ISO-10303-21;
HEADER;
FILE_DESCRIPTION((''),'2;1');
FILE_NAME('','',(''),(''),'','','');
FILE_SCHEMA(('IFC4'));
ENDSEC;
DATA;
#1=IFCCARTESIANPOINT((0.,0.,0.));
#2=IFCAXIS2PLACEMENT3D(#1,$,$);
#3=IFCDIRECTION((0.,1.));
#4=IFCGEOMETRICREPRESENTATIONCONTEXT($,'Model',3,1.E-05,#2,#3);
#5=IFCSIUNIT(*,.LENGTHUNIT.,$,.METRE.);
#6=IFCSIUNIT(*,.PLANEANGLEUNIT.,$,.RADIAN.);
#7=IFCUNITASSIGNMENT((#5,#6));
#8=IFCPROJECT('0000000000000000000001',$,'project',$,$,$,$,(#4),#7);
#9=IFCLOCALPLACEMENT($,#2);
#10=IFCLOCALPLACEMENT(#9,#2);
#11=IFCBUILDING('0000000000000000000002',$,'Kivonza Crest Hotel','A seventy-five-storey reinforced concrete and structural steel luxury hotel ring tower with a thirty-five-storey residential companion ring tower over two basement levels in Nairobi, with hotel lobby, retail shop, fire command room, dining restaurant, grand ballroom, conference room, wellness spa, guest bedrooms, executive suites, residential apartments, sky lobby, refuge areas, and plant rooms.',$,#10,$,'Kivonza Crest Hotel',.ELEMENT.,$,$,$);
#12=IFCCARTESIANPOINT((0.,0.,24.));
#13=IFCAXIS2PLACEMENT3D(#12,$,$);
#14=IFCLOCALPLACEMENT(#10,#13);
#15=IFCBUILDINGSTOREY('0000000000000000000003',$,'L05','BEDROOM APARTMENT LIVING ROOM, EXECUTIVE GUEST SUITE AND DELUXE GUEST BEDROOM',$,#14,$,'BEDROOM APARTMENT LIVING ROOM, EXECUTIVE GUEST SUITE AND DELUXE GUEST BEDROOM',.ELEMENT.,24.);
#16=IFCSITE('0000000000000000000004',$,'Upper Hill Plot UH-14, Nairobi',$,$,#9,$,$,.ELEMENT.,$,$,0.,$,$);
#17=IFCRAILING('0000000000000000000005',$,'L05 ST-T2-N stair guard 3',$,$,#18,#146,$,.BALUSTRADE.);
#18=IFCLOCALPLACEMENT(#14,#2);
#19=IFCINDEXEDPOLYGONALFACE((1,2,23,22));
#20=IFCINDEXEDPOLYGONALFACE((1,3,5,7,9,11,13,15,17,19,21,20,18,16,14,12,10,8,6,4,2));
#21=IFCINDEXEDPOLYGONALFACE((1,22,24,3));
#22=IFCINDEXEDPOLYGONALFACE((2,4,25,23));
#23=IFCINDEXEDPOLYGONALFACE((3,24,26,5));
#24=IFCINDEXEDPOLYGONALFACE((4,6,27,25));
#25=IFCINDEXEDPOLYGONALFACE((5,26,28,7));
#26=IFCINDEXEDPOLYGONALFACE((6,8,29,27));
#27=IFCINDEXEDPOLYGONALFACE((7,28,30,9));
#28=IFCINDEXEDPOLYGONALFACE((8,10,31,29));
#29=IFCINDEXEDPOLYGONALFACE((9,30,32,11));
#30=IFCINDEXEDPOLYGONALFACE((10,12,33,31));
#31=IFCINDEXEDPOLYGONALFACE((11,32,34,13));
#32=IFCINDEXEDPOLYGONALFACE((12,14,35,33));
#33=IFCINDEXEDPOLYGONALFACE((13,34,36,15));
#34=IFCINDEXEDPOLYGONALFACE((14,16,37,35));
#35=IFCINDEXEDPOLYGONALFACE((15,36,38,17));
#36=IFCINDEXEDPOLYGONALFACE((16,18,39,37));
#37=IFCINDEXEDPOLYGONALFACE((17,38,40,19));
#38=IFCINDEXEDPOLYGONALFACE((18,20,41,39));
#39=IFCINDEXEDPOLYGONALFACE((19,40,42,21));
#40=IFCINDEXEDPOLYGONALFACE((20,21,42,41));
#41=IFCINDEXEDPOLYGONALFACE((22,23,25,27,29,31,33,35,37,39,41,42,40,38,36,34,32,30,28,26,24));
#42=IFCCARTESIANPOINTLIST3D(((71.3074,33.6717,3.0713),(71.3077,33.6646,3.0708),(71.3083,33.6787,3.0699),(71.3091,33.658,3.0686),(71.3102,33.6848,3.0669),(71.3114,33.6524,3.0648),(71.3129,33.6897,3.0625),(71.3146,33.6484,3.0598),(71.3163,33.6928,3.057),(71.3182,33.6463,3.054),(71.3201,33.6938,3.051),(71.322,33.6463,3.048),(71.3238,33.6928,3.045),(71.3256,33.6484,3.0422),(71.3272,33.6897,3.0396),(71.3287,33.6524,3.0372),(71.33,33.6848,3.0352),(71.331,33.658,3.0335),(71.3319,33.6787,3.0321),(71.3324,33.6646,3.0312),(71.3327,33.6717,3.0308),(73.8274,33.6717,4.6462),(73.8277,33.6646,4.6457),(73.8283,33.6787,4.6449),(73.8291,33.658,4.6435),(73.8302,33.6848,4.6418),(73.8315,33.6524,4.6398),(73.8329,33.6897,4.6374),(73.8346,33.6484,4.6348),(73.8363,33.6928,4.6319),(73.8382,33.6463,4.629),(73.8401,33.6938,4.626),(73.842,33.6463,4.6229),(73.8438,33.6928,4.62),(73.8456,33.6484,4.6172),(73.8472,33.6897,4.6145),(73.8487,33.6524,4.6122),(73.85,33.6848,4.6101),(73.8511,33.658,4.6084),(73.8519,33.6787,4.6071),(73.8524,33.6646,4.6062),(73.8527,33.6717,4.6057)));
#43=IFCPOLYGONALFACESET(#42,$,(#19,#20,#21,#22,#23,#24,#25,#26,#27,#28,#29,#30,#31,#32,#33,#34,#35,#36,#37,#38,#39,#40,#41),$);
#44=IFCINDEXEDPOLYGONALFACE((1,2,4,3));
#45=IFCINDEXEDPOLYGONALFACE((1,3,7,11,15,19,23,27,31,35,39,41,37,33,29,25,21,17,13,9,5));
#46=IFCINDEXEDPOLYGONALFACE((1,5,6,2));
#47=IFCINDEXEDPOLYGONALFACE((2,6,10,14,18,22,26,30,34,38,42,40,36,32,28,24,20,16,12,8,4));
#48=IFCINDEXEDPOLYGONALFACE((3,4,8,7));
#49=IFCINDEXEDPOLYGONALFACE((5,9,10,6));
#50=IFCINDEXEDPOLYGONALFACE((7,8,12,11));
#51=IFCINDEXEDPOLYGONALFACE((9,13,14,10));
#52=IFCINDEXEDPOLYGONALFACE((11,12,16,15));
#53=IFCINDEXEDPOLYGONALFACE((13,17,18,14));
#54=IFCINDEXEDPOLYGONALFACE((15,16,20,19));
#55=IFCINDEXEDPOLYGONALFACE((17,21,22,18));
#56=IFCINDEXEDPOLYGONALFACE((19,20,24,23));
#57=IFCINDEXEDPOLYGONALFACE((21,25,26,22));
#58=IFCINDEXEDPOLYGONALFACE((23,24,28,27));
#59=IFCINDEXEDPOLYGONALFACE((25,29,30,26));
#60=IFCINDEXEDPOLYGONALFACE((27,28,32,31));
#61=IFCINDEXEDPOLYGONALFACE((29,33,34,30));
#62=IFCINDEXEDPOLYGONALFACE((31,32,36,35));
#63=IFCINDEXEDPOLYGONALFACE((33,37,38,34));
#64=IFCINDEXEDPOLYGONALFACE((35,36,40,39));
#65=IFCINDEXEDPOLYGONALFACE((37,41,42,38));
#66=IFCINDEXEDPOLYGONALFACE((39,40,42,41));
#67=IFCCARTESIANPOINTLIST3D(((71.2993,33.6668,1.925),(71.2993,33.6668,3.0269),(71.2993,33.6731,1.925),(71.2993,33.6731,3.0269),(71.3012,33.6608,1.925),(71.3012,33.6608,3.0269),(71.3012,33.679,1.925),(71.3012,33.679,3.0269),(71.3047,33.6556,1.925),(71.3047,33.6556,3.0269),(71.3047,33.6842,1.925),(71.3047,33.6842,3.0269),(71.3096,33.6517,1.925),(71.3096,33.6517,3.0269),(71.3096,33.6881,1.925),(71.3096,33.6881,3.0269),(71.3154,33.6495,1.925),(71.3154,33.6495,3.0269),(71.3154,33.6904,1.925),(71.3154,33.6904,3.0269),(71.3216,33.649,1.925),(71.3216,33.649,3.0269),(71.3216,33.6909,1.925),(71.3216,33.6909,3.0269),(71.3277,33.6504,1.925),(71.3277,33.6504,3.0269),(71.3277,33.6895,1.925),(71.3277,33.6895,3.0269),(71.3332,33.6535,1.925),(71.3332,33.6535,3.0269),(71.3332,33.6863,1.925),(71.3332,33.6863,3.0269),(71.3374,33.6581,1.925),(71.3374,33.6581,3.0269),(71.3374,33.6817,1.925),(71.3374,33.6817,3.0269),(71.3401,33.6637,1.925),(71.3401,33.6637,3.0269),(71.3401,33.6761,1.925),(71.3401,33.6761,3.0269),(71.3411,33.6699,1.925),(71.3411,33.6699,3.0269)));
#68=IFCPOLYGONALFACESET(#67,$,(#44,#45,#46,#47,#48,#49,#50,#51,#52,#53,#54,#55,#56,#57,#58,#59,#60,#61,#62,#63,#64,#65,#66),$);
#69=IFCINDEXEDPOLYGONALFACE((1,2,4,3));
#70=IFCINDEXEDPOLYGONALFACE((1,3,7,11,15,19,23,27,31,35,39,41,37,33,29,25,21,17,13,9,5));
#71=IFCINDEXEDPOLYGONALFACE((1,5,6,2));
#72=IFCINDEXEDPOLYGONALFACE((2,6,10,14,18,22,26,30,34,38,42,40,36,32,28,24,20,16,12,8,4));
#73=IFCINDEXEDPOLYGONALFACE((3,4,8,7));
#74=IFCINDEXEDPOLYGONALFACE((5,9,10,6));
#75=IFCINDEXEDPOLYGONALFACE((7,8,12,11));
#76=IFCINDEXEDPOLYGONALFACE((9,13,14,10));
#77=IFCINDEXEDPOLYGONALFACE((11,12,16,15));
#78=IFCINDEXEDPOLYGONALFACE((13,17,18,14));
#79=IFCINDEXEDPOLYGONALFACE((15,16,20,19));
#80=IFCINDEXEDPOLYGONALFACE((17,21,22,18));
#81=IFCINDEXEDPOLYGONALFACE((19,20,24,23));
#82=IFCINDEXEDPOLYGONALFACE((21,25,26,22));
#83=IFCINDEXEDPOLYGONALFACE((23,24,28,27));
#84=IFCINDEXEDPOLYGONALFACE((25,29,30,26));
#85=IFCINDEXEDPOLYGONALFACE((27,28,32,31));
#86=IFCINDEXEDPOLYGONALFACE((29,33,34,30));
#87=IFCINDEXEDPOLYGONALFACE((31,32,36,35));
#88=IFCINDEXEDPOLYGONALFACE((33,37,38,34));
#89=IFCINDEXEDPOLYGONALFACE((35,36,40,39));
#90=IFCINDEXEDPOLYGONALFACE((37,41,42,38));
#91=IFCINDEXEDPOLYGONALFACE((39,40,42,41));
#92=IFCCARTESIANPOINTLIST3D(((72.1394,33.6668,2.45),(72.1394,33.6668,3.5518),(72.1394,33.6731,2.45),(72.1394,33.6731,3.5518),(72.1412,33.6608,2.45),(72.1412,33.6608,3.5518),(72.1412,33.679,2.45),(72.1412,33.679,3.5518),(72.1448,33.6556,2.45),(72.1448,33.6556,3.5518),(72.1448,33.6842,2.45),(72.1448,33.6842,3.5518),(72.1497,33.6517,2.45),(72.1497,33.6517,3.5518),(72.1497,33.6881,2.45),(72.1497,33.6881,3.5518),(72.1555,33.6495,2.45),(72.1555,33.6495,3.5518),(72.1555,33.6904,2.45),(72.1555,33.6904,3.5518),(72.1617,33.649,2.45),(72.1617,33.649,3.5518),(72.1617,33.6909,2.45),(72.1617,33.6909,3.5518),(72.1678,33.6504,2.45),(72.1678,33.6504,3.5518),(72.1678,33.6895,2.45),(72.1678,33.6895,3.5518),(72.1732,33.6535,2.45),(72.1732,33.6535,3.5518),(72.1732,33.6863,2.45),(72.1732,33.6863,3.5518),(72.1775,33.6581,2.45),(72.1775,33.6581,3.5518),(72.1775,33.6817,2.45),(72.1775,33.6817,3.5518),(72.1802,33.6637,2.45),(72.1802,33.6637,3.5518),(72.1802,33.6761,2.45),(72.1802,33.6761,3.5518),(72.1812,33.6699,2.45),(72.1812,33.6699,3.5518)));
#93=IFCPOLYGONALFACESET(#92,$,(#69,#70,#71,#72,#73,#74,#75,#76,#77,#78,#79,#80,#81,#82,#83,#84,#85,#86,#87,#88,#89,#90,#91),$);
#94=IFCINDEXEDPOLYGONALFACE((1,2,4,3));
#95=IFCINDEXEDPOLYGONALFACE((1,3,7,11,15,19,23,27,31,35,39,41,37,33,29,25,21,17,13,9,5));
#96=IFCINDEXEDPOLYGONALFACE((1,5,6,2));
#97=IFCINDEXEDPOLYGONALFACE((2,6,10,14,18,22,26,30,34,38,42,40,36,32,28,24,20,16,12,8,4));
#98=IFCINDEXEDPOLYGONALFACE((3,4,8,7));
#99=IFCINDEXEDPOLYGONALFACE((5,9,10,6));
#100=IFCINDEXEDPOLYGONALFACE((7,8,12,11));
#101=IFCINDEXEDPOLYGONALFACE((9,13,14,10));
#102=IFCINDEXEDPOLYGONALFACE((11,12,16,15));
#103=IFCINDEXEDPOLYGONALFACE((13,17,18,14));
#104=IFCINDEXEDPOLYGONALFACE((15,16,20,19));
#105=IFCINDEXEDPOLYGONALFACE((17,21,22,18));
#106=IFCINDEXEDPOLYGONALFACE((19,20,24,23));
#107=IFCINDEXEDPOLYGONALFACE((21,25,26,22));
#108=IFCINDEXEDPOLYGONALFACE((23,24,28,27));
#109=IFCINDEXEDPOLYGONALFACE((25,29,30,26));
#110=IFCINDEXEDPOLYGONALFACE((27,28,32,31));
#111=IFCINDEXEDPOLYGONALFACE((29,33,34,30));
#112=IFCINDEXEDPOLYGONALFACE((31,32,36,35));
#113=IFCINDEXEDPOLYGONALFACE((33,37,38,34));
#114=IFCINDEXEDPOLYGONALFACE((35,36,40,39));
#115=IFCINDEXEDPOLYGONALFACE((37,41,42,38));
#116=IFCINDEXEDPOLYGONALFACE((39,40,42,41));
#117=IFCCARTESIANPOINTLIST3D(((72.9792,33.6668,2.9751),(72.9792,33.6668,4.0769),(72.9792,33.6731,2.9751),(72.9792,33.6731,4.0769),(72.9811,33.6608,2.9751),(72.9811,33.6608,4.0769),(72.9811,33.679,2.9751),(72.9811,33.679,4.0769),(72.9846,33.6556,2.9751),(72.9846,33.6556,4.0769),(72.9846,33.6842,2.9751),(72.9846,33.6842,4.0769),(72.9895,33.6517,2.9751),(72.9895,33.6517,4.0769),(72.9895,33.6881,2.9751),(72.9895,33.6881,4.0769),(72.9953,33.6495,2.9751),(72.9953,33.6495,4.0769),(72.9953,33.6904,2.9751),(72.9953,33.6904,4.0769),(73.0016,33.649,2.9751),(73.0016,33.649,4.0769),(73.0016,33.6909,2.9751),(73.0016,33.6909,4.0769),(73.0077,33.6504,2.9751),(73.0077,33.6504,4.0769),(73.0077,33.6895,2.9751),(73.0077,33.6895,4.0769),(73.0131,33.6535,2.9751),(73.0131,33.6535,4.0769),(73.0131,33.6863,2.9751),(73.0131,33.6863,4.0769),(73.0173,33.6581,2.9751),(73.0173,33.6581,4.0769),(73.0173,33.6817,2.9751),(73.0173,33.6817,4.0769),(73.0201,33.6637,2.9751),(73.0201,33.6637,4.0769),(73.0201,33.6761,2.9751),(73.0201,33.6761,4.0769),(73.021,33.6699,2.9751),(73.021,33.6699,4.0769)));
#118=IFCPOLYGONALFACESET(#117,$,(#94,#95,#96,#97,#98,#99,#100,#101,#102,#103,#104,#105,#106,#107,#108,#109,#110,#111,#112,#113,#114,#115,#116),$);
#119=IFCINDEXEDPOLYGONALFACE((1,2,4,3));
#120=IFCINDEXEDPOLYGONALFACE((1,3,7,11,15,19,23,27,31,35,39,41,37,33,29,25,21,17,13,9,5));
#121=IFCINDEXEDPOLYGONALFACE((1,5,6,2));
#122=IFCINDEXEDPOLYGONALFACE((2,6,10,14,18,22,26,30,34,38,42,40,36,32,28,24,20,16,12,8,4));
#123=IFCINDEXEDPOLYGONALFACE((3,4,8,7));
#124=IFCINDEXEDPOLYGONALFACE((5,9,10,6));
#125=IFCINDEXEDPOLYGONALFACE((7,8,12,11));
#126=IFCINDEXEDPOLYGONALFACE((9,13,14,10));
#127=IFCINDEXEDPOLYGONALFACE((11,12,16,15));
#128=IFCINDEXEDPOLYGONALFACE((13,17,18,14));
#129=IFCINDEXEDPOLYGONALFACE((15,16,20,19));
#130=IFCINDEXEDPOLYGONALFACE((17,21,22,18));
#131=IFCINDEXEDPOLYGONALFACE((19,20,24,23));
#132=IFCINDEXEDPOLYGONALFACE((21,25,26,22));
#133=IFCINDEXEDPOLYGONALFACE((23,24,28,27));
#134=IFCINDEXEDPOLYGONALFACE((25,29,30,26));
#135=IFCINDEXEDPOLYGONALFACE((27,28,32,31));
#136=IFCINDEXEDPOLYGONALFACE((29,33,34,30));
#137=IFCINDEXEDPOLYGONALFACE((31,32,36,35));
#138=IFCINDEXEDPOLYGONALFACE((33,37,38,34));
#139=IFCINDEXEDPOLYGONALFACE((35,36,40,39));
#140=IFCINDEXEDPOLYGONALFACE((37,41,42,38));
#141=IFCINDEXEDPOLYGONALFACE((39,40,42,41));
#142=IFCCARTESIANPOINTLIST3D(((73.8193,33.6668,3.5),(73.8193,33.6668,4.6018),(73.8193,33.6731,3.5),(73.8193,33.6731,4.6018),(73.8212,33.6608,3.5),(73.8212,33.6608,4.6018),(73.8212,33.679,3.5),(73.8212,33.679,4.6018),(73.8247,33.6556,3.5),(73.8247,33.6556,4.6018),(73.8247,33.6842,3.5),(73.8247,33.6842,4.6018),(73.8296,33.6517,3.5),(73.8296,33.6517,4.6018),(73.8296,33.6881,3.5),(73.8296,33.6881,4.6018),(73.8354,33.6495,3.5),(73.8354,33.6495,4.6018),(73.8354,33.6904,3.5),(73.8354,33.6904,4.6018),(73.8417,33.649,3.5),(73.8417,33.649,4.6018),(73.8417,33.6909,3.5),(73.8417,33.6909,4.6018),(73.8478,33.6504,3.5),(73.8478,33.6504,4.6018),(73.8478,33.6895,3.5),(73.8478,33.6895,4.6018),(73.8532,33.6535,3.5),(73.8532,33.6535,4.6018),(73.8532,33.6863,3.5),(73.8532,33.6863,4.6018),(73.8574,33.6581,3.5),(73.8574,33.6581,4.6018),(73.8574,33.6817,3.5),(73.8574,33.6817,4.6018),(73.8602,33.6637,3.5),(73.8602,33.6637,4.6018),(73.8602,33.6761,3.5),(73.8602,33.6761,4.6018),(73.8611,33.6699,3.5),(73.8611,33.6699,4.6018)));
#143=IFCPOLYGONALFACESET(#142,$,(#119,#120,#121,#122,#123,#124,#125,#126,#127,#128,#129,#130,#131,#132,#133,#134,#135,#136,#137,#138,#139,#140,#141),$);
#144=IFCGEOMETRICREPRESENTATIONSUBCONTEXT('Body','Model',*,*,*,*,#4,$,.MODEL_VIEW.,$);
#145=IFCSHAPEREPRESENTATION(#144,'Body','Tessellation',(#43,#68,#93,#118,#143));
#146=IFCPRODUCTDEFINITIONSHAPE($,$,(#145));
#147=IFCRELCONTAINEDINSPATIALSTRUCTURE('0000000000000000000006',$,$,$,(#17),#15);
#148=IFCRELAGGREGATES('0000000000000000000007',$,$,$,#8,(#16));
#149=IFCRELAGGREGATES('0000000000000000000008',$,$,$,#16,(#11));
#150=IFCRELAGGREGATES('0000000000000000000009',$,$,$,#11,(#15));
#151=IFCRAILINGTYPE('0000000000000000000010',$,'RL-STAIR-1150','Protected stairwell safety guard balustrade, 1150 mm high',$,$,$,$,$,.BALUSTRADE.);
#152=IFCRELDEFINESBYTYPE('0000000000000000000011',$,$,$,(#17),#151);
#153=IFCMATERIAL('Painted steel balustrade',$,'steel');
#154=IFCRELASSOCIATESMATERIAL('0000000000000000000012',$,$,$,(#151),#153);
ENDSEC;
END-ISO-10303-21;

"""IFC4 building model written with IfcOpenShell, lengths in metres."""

from ifc_helpers import new_model, si_unit, direction, frame, origin, origin_2d, place, context, subcontext, project, spatial, circle, extrude, material, type_object, element, save


model = new_model("IFC4")

# Units and contexts
model_context = context("Model", 3, precision=1e-05, world=origin(), true_north=direction((0.0, 1.0)))
body_context = subcontext(model_context, "Body", "Model", "MODEL_VIEW")
ifc_project = project(units=[si_unit("LENGTHUNIT", "METRE"), si_unit("PLANEANGLEUNIT", "RADIAN")], contexts=[model_context])

# Site, building, storey
site_placement = place(None, origin())
site = spatial("IfcSite", under=ifc_project, at=site_placement, Name="Upper Hill Plot UH-14, Nairobi", CompositionType="ELEMENT", RefElevation=0.0)
building_placement = place(site_placement, origin())
building = spatial("IfcBuilding", under=site, at=building_placement, Name="Kivonza Crest Hotel", Description="A seventy-five-storey reinforced concrete and structural steel luxury hotel ring tower with a thirty-five-storey residential companion ring tower over two basement levels in Nairobi, with hotel lobby, retail shop, fire command room, dining restaurant, grand ballroom, conference room, wellness spa, guest bedrooms, executive suites, residential apartments, sky lobby, refuge areas, and plant rooms.", LongName="Kivonza Crest Hotel", CompositionType="ELEMENT")
storey_placement = place(building_placement, frame((0.0, 0.0, 24.0)))
storey = spatial("IfcBuildingStorey", under=building, at=storey_placement, Name="L05", Description="BEDROOM APARTMENT LIVING ROOM, EXECUTIVE GUEST SUITE AND DELUXE GUEST BEDROOM", LongName="BEDROOM APARTMENT LIVING ROOM, EXECUTIVE GUEST SUITE AND DELUXE GUEST BEDROOM", CompositionType="ELEMENT", Elevation=24.0)

# Railing
ifc_material_1 = material(Name="Painted steel balustrade", Category="steel")
railing_type_1 = type_object("IfcRailingType", Name="RL-STAIR-1150", Description="Protected stairwell safety guard balustrade, 1150 mm high", PredefinedType="BALUSTRADE", material=ifc_material_1)
railing_1_placement = place(storey_placement, frame((71.3201, 33.6699, 1.925)))
element("IfcRailing", 1, at=railing_1_placement, inside=storey, type_object=railing_type_1, Name="L05 ST-T2-N stair guard 3", PredefinedType="BALUSTRADE", context=body_context, shape_type="SweptSolid", body=[
    extrude(circle(Radius=0.0239, at=origin_2d()), frame((0.0, 0.0, 1.126), z_axis=(0.848008, 0.0, 0.529984), x_axis=(0.0, 1.0, 0.0)), (0.0, 0.0, 1.0), 2.9717),
    extrude(circle(Radius=0.021, at=origin_2d()), origin(), (0.0, 0.0, 1.0), 1.1018),
    extrude(circle(Radius=0.021, at=origin_2d()), frame((0.8401, 0.0, 0.5249)), (0.0, 0.0, 1.0), 1.1018),
    extrude(circle(Radius=0.021, at=origin_2d()), frame((1.6799, 0.0, 1.05)), (0.0, 0.0, 1.0), 1.1018),
    extrude(circle(Radius=0.021, at=origin_2d()), frame((2.52, 0.0, 1.575)), (0.0, 0.0, 1.0), 1.1018),
])

save(model, "model.ifc")
